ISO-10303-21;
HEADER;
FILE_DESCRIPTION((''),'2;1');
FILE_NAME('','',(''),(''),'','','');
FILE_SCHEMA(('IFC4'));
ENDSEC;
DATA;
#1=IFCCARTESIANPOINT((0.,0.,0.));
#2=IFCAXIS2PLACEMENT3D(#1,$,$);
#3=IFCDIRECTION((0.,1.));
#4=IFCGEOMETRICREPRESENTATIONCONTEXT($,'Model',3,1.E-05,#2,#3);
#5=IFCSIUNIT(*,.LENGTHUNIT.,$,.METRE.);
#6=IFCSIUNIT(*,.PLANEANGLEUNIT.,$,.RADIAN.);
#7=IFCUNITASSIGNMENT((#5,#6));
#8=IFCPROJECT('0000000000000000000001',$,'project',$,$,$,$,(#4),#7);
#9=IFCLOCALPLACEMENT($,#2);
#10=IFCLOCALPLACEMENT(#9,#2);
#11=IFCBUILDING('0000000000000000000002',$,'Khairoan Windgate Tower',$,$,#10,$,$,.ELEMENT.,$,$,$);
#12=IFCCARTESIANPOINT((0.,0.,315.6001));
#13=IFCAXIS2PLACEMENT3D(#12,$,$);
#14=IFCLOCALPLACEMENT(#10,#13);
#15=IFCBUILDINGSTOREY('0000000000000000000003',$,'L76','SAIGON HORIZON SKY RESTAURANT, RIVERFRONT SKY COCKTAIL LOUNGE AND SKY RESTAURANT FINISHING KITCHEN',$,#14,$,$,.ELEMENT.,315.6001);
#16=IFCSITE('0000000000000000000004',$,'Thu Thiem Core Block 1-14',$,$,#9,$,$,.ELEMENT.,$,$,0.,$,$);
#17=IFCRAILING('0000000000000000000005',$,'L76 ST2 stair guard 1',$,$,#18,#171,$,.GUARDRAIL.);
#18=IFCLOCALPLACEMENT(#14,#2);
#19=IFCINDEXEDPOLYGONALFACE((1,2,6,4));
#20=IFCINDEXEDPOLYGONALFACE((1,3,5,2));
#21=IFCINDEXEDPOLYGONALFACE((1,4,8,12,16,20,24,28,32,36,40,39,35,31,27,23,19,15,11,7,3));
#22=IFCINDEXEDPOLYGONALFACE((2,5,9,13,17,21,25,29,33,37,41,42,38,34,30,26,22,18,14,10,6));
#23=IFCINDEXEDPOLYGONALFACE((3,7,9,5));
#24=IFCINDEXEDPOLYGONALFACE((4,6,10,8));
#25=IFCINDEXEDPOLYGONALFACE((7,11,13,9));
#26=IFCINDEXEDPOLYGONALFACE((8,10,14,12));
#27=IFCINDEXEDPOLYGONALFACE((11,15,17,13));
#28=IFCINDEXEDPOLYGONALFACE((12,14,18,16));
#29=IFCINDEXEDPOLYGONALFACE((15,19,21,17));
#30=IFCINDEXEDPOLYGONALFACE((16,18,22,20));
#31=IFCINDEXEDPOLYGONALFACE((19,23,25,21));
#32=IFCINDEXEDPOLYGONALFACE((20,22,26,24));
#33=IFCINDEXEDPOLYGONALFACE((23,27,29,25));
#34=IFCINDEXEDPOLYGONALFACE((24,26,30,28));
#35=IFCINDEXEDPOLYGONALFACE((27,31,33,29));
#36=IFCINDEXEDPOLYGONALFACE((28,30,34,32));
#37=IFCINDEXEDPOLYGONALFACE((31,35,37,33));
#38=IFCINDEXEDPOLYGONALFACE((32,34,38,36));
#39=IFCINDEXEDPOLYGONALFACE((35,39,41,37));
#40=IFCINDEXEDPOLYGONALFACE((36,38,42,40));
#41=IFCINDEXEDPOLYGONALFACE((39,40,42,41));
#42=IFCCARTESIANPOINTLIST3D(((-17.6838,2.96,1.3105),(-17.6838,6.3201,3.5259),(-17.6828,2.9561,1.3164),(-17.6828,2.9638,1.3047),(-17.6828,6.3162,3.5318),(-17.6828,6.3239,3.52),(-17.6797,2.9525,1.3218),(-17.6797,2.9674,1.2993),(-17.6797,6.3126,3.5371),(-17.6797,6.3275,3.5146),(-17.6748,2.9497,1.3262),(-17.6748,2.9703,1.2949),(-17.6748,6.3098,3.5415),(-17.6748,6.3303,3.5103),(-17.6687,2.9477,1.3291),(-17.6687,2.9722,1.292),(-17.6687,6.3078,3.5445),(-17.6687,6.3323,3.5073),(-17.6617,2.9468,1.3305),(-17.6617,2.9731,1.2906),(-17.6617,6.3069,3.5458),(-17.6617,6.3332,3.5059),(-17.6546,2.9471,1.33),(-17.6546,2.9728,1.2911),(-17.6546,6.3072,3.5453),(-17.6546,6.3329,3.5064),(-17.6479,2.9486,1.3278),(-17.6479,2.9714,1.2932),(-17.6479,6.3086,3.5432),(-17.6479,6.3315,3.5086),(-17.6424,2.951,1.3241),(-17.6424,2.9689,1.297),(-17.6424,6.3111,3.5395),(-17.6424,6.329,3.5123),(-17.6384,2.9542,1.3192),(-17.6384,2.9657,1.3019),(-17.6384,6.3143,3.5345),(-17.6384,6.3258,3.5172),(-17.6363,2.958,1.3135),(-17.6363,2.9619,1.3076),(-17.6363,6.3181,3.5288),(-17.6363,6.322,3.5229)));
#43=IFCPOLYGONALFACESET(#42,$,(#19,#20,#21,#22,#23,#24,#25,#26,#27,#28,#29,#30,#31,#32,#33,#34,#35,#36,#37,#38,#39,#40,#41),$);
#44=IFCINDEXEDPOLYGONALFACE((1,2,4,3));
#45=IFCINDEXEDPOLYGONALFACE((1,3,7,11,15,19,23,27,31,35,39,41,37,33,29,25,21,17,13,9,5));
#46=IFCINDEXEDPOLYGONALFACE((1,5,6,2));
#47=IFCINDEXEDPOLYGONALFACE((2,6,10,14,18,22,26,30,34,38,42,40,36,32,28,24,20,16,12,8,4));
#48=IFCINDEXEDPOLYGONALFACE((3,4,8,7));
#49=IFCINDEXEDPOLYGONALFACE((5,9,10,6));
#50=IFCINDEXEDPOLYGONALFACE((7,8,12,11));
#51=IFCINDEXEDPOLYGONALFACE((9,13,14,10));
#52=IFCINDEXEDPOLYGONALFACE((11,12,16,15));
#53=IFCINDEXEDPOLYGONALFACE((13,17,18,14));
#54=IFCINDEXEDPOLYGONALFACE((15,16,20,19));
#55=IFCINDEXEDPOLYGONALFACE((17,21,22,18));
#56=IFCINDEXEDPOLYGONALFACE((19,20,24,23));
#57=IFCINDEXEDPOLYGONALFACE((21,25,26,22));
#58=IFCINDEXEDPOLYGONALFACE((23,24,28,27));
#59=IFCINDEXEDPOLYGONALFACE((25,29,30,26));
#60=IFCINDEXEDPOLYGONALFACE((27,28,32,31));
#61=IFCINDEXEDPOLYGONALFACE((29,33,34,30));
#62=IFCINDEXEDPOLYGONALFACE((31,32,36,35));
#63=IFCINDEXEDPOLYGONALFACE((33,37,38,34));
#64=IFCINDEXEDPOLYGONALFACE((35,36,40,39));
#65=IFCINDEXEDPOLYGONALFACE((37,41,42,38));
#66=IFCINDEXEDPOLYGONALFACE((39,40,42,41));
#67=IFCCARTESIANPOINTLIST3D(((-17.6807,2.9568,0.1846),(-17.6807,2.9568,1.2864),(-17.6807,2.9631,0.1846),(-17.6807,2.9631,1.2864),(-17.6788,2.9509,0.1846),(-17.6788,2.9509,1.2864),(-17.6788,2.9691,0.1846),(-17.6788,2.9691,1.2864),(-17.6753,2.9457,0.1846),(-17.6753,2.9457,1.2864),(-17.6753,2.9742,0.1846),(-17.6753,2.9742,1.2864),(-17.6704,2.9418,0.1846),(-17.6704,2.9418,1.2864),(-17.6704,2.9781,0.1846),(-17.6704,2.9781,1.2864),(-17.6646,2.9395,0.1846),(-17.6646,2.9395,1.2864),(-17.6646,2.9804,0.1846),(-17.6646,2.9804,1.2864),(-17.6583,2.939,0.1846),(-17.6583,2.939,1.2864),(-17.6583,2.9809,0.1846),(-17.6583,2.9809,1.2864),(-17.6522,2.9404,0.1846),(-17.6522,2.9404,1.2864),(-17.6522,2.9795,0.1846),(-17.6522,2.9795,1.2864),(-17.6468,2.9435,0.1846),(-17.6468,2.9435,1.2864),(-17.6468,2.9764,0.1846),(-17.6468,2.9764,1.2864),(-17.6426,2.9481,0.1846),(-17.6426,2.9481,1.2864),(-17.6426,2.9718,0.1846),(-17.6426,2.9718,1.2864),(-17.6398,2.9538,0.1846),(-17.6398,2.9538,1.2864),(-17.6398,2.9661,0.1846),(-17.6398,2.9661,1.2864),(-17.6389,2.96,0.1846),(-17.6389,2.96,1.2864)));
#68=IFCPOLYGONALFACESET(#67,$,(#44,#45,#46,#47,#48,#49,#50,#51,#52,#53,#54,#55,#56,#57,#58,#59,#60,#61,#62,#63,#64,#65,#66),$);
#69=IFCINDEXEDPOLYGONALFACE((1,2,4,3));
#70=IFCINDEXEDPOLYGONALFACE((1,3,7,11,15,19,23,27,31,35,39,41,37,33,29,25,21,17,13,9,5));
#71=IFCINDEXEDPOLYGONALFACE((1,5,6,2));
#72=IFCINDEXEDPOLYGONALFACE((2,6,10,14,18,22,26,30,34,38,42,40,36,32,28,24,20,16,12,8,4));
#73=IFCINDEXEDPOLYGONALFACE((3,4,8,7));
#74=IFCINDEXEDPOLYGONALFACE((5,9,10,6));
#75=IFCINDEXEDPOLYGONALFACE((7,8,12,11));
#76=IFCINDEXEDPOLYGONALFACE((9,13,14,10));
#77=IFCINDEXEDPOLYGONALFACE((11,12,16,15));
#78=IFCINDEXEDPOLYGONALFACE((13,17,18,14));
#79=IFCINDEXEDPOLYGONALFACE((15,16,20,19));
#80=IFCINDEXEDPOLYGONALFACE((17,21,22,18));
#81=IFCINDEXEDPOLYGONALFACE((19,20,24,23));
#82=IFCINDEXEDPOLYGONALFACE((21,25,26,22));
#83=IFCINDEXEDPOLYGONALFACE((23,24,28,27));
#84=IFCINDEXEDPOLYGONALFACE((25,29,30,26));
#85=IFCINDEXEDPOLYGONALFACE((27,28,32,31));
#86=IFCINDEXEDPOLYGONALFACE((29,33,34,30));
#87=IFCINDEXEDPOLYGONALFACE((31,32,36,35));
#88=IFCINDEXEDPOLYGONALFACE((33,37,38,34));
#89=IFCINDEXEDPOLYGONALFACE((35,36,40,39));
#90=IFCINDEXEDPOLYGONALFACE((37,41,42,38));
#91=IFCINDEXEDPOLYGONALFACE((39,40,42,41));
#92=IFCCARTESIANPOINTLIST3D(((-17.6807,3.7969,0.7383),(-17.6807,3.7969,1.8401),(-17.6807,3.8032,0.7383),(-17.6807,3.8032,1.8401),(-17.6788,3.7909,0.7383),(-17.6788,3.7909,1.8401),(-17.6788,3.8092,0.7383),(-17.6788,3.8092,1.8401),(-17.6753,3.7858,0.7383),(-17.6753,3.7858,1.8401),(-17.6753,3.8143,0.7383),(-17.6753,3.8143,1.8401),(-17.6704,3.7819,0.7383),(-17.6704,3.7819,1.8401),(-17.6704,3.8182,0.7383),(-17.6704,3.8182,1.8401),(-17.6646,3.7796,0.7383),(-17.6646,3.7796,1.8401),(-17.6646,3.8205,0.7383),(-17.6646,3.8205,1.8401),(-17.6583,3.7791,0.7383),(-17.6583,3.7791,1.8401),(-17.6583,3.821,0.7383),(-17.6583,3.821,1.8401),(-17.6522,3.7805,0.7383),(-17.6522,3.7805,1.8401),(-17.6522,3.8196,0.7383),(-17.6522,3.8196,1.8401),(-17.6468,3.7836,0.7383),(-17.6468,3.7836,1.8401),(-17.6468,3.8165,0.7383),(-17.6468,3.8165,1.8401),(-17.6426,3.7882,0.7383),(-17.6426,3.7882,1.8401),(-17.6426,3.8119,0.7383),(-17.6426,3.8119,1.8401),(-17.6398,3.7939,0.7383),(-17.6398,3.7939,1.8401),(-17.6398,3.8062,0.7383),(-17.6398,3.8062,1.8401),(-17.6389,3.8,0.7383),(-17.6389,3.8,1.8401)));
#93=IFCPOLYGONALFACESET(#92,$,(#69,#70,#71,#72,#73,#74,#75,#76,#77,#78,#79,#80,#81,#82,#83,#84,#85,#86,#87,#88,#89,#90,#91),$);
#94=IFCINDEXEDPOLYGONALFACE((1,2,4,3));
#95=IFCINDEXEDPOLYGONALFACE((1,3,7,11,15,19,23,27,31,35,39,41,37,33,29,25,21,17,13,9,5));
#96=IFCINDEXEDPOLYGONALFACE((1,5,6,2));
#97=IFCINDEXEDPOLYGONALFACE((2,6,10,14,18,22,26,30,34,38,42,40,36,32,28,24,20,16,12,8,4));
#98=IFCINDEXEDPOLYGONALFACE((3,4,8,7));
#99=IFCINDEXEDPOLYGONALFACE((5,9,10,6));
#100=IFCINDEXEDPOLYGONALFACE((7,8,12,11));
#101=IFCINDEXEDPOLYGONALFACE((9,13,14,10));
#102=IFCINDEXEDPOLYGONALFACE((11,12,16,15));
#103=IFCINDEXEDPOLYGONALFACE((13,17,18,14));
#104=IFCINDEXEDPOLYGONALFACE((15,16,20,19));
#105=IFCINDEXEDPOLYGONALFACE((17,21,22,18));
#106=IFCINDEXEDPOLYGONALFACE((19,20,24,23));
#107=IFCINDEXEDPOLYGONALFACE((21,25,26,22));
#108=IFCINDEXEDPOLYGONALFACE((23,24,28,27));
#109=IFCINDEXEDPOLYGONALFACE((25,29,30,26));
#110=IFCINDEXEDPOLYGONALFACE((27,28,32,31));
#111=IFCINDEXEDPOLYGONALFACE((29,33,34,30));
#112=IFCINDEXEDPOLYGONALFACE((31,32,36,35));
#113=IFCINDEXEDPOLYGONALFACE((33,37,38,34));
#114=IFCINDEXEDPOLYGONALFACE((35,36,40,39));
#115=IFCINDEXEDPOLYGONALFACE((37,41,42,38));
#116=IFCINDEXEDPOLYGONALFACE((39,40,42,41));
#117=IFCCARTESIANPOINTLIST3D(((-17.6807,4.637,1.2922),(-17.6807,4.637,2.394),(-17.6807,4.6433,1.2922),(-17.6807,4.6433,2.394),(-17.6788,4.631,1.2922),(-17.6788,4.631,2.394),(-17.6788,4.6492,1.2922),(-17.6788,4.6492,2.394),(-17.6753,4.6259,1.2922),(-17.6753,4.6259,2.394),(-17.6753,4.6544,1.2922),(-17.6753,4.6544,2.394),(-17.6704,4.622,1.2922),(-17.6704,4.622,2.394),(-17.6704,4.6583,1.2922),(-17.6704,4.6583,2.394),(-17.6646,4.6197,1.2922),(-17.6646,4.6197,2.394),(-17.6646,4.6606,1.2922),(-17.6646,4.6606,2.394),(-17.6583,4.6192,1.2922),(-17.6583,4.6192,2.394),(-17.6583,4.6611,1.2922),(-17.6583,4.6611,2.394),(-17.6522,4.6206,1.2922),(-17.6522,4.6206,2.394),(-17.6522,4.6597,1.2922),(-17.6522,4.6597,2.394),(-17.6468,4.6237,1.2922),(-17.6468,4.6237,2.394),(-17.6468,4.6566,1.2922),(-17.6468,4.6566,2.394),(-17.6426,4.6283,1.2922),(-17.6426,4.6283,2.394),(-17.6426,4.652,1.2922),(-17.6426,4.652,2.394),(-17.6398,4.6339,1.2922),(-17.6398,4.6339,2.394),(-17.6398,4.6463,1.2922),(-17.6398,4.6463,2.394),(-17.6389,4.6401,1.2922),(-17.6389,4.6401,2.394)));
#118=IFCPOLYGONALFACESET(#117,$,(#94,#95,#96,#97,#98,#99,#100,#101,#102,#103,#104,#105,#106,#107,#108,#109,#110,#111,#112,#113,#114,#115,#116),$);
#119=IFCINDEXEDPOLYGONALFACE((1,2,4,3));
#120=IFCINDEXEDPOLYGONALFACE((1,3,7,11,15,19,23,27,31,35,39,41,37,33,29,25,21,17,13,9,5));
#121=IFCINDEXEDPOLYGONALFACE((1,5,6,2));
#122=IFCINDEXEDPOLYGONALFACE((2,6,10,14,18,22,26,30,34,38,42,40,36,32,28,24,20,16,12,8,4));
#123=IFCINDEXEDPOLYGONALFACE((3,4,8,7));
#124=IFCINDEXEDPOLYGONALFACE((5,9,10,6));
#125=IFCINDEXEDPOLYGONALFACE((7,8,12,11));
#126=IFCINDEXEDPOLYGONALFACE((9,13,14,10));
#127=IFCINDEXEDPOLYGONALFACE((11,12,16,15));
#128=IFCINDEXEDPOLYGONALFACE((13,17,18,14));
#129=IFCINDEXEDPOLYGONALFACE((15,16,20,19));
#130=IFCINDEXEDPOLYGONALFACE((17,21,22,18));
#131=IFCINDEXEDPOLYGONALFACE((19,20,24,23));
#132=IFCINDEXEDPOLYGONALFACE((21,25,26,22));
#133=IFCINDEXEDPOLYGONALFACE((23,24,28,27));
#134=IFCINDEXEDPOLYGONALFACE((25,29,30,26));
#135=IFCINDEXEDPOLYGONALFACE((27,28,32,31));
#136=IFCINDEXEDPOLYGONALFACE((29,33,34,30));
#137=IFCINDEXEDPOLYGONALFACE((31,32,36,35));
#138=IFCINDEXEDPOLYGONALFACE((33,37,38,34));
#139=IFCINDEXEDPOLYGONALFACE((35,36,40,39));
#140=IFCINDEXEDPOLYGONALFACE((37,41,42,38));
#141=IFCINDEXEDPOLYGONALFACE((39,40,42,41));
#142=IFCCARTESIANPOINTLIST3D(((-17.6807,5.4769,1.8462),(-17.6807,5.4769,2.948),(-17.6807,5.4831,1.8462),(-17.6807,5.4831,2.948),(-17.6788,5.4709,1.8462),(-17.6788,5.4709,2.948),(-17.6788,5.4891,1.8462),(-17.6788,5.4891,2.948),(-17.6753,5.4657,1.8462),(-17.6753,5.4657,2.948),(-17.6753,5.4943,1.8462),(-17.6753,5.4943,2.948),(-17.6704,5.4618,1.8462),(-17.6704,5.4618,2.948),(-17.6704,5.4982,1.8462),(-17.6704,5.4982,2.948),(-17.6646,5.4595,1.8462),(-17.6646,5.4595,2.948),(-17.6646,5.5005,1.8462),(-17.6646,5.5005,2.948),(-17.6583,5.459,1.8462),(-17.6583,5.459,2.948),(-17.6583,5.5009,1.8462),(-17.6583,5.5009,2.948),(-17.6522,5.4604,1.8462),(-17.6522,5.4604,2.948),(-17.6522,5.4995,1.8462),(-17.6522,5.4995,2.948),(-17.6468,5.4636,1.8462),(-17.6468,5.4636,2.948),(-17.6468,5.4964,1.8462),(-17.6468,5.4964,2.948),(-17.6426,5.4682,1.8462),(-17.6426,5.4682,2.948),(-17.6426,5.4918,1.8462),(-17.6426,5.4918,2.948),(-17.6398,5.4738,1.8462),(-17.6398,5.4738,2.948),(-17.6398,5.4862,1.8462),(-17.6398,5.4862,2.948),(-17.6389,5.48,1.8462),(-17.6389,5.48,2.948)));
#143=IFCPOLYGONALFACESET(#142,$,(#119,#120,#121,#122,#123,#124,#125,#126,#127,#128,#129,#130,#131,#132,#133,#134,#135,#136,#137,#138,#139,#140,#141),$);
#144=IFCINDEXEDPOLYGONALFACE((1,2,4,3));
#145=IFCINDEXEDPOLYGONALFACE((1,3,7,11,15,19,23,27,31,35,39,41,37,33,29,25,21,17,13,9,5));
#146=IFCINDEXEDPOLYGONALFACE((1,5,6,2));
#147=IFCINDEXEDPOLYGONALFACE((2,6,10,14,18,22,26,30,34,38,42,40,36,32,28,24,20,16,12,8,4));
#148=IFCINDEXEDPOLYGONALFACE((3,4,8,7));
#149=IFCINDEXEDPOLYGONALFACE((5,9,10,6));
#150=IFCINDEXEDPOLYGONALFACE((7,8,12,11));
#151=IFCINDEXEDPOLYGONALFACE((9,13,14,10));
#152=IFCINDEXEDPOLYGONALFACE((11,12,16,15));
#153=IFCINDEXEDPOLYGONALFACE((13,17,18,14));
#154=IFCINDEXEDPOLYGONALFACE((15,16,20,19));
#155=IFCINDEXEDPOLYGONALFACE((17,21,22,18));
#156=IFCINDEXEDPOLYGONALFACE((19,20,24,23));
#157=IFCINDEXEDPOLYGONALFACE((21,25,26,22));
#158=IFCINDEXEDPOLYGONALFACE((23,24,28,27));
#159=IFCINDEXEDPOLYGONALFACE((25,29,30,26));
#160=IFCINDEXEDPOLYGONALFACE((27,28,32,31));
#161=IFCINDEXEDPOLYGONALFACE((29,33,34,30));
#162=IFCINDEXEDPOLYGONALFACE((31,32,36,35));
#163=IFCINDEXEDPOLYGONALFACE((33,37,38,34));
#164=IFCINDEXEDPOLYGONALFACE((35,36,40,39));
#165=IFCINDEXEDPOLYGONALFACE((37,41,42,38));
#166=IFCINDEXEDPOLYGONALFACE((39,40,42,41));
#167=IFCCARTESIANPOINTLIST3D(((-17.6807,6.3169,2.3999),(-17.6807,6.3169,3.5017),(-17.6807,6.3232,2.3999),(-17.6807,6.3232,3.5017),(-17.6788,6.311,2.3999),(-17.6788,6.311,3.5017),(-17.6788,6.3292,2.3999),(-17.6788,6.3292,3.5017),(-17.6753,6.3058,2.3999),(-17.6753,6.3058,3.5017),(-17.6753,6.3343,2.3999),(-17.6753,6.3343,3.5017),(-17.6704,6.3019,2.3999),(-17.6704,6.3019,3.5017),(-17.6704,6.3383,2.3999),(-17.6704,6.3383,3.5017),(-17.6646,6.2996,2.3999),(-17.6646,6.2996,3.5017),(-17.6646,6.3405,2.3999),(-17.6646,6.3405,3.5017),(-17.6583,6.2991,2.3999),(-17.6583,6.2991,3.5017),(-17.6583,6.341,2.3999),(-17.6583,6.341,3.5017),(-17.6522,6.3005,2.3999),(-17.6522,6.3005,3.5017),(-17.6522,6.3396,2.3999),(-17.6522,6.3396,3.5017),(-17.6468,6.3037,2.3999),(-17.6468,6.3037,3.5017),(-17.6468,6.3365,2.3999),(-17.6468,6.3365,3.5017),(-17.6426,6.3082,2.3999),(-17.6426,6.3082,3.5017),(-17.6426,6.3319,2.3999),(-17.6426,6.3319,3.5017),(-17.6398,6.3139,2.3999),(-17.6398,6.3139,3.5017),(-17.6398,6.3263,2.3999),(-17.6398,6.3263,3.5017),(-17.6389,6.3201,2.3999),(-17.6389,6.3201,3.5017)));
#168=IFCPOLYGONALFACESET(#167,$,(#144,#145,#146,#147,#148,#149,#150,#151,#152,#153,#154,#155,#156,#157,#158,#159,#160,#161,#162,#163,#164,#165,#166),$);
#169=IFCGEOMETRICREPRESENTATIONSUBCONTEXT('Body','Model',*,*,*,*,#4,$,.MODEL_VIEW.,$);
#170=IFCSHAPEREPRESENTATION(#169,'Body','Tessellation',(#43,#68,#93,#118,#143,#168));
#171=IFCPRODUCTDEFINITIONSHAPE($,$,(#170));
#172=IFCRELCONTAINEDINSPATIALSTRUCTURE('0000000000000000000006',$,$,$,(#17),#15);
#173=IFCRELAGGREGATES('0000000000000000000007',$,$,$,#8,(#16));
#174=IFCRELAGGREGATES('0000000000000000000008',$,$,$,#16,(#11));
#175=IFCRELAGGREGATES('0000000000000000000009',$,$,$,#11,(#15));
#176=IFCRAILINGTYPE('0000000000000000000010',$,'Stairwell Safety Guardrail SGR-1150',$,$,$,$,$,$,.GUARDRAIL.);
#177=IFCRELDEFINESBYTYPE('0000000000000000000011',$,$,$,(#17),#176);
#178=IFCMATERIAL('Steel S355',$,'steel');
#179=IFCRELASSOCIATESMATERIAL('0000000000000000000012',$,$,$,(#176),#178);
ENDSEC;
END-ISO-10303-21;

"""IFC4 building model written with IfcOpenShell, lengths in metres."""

from ifc_helpers import new_model, si_unit, direction, frame, origin, origin_2d, place, context, subcontext, project, spatial, circle, extrude, material, type_object, element, save


model = new_model("IFC4")

# Units and contexts
model_context = context("Model", 3, precision=1e-05, world=origin(), true_north=direction((0.0, 1.0)))
body_context = subcontext(model_context, "Body", "Model", "MODEL_VIEW")
ifc_project = project(units=[si_unit("LENGTHUNIT", "METRE"), si_unit("PLANEANGLEUNIT", "RADIAN")], contexts=[model_context])

# Site, building, storey
site_placement = place(None, origin())
site = spatial("IfcSite", under=ifc_project, at=site_placement, Name="Thu Thiem Core Block 1-14", CompositionType="ELEMENT", RefElevation=0.0)
building_placement = place(site_placement, origin())
building = spatial("IfcBuilding", under=site, at=building_placement, Name="Khairoan Windgate Tower", CompositionType="ELEMENT")
storey_placement = place(building_placement, frame((0.0, 0.0, 315.6001)))
storey = spatial("IfcBuildingStorey", under=building, at=storey_placement, Name="L76", Description="SAIGON HORIZON SKY RESTAURANT, RIVERFRONT SKY COCKTAIL LOUNGE AND SKY RESTAURANT FINISHING KITCHEN", CompositionType="ELEMENT", Elevation=315.6001)

# Railing
ifc_material_1 = material(Name="Steel S355", Category="steel")
railing_type_1 = type_object("IfcRailingType", Name="Stairwell Safety Guardrail SGR-1150", PredefinedType="GUARDRAIL", material=ifc_material_1)
railing_1_placement = place(storey_placement, frame((-17.6599, 2.96, 0.1846)))
element("IfcRailing", 1, at=railing_1_placement, inside=storey, type_object=railing_type_1, Name="L76 ST2 stair guard 1", PredefinedType="GUARDRAIL", context=body_context, shape_type="SweptSolid", body=[
    extrude(circle(Radius=0.0239, at=origin_2d()), frame((0.0, 0.0, 1.126), z_axis=(0.0, 0.834876, 0.550437), x_axis=(-1.0, 0.0, 0.0)), (0.0, 0.0, 1.0), 4.0247),
    extrude(circle(Radius=0.021, at=origin_2d()), origin(), (0.0, 0.0, 1.0), 1.1018),
    extrude(circle(Radius=0.021, at=origin_2d()), frame((0.0, 0.8401, 0.5537)), (0.0, 0.0, 1.0), 1.1018),
    extrude(circle(Radius=0.021, at=origin_2d()), frame((0.0, 1.6802, 1.1077)), (0.0, 0.0, 1.0), 1.1018),
    extrude(circle(Radius=0.021, at=origin_2d()), frame((0.0, 2.52, 1.6616)), (0.0, 0.0, 1.0), 1.1018),
    extrude(circle(Radius=0.021, at=origin_2d()), frame((0.0, 3.3601, 2.2153)), (0.0, 0.0, 1.0), 1.1018),
])

save(model, "model.ifc")
